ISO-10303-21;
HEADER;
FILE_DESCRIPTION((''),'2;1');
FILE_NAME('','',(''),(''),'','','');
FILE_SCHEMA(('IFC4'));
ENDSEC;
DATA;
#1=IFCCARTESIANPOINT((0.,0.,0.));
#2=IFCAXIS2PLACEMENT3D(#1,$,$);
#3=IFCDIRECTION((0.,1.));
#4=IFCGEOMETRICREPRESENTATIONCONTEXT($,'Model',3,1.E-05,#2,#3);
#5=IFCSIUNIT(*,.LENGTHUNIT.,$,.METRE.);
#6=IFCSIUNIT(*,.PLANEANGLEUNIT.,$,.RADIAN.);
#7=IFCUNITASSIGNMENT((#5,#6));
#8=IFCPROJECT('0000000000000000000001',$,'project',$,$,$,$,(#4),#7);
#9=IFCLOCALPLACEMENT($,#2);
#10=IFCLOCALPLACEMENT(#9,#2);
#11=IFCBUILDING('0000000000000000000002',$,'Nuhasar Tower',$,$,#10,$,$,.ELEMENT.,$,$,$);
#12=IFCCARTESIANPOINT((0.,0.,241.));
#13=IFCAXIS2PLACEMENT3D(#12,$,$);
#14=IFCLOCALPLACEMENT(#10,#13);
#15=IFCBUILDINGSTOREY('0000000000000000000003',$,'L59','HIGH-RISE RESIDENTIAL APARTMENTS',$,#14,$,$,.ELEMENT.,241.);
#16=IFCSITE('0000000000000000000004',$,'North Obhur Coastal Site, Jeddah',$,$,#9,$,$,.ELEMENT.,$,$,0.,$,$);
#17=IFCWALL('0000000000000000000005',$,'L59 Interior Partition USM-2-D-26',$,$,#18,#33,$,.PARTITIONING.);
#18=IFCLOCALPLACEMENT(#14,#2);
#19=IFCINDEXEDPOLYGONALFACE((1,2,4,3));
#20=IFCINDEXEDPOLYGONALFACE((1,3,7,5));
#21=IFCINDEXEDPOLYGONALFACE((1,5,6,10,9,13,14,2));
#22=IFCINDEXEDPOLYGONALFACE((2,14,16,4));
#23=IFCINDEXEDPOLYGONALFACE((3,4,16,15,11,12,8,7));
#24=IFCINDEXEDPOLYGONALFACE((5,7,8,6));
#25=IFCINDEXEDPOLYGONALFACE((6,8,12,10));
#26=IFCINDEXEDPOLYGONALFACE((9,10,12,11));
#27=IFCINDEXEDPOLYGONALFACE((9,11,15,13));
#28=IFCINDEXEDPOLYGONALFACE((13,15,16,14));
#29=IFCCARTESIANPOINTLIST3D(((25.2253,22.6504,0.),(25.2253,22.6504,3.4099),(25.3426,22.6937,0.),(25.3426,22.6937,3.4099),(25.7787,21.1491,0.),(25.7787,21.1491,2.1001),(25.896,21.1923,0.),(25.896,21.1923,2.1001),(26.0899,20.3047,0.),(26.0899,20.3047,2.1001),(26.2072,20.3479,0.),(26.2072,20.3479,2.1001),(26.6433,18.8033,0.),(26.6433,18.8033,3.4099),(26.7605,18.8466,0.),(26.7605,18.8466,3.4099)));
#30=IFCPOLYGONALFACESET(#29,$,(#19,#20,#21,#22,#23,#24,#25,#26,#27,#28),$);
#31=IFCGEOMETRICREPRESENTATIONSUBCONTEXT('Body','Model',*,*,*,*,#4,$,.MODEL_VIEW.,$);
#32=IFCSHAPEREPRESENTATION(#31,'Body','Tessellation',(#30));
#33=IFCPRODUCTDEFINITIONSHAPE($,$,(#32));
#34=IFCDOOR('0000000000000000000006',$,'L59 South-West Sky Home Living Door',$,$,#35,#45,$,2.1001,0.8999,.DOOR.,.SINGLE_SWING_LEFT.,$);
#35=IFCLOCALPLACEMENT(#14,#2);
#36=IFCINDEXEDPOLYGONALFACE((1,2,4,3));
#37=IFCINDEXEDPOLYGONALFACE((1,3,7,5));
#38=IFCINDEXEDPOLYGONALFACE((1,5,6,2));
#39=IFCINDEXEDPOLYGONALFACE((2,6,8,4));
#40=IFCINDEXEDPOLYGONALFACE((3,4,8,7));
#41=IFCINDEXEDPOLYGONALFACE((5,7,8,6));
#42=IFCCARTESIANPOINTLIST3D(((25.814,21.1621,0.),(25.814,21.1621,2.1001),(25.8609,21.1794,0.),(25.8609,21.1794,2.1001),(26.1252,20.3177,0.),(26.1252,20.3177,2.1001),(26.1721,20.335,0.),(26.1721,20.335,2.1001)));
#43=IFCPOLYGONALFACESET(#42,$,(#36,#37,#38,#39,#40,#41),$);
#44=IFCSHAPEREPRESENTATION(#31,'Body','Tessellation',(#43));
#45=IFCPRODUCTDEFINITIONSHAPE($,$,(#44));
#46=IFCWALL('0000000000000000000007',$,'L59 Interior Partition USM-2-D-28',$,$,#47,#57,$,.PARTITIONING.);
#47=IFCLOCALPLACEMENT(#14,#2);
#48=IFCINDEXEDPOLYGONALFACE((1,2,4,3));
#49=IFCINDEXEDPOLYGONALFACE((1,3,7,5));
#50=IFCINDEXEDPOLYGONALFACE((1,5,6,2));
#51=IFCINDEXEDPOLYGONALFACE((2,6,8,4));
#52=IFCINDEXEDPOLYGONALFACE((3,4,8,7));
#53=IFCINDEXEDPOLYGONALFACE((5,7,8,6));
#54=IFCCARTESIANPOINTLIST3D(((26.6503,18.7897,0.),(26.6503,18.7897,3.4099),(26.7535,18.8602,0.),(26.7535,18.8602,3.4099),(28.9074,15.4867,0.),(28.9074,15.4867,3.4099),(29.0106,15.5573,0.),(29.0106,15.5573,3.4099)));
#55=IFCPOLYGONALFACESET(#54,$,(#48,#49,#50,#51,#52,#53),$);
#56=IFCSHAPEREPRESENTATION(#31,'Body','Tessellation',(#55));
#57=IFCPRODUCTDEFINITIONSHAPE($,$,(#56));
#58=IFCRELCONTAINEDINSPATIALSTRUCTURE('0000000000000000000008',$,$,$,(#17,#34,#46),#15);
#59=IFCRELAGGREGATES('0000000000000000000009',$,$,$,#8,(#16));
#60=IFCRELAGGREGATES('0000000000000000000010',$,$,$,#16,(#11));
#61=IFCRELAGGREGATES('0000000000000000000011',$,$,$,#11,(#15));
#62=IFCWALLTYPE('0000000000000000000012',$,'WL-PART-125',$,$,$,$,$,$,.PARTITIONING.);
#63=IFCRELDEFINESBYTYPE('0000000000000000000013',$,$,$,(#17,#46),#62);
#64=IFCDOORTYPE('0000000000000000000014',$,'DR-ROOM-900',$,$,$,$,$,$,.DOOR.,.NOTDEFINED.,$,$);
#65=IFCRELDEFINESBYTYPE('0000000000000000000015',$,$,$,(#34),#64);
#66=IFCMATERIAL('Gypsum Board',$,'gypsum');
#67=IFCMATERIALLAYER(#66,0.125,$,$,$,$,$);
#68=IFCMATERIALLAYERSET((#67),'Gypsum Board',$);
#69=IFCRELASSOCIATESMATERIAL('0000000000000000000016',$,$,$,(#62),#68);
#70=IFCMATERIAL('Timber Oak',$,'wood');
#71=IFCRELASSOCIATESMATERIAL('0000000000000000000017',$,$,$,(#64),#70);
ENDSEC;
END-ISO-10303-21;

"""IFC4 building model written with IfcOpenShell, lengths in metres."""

from ifc_helpers import new_model, si_unit, direction, frame, frame_2d, origin, place, context, subcontext, project, spatial, rectangle, extrude, material, layer, layer_set, type_object, element, fill, save


model = new_model("IFC4")

# Units and contexts
model_context = context("Model", 3, precision=1e-05, world=origin(), true_north=direction((0.0, 1.0)))
body_context = subcontext(model_context, "Body", "Model", "MODEL_VIEW")
ifc_project = project(units=[si_unit("LENGTHUNIT", "METRE"), si_unit("PLANEANGLEUNIT", "RADIAN")], contexts=[model_context])

# Site, building, storey
site_placement = place(None, origin())
site = spatial("IfcSite", under=ifc_project, at=site_placement, Name="North Obhur Coastal Site, Jeddah", CompositionType="ELEMENT", RefElevation=0.0)
building_placement = place(site_placement, origin())
building = spatial("IfcBuilding", under=site, at=building_placement, Name="Nuhasar Tower", CompositionType="ELEMENT")
storey_placement = place(building_placement, frame((0.0, 0.0, 241.0)))
storey = spatial("IfcBuildingStorey", under=building, at=storey_placement, Name="L59", Description="HIGH-RISE RESIDENTIAL APARTMENTS", CompositionType="ELEMENT", Elevation=241.0)

# Shared definitions
ifc_material_1 = material(Name="Gypsum Board", Category="gypsum")

# Shared definitions
ifc_material_2 = material(Name="Timber Oak", Category="wood")

# Shared definitions
ifc_layer_1 = layer(ifc_material_1, 0.125)
ifc_layer_set_1 = layer_set([ifc_layer_1], Name="Gypsum Board")
wall_type_1 = type_object("IfcWallType", Name="WL-PART-125", PredefinedType="PARTITIONING", material=ifc_layer_set_1)

# Wall, opening, door
wall_1_placement = place(storey_placement, frame((26.7019, 18.825, 0.0), z_axis=(0.0, 0.0, 1.0), x_axis=(-0.345832, 0.938296, 0.0)))
wall_1 = element("IfcWall", 1, at=wall_1_placement, inside=storey, type_object=wall_type_1, Name="L59 Interior Partition USM-2-D-26", PredefinedType="PARTITIONING", context=body_context, shape_type="SweptSolid", body=[
    extrude(rectangle(XDim=4.1001, YDim=0.125, at=frame_2d((2.05, 0.0))), origin(), (0.0, 0.0, 1.0), 3.4099),
])
opening_1_placement = place(wall_1_placement, frame((1.6001, 0.0, 0.0)))
opening_1 = element("IfcOpeningElement", 2, at=opening_1_placement, cuts=wall_1, PredefinedType="OPENING", context=body_context, shape_type="SweptSolid", body=[
    extrude(rectangle(XDim=0.8999, YDim=2.1001, at=frame_2d((0.45, 1.05))), frame((0.0, 0.0725, 0.0), z_axis=(0.0, -1.0, 0.0), x_axis=(1.0, 0.0, 0.0)), (0.0, 0.0, 1.0), 0.145),
])
door_type_1 = type_object("IfcDoorType", Name="DR-ROOM-900", OperationType="NOTDEFINED", PredefinedType="DOOR", material=ifc_material_2)
door_1_placement = place(opening_1_placement, origin())
door_1 = element("IfcDoor", 3, at=door_1_placement, inside=storey, type_object=door_type_1, Name="L59 South-West Sky Home Living Door", OperationType="SINGLE_SWING_LEFT", OverallHeight=2.1001, OverallWidth=0.8999, PredefinedType="DOOR", context=body_context, shape_type="SweptSolid", body=[
    extrude(rectangle(XDim=0.8999, YDim=2.1001, at=frame_2d((0.45, 1.05))), frame((0.0, 0.0249, 0.0), z_axis=(0.0, -1.0, 0.0), x_axis=(1.0, 0.0, 0.0)), (0.0, 0.0, 1.0), 0.05),
])
fill(opening_1, door_1)

# Wall
wall_2_placement = place(storey_placement, frame((26.7019, 18.825, 0.0), z_axis=(0.0, 0.0, 1.0), x_axis=(0.564198, -0.825639, 0.0)))
element("IfcWall", 4, at=wall_2_placement, inside=storey, type_object=wall_type_1, Name="L59 Interior Partition USM-2-D-28", PredefinedType="PARTITIONING", context=body_context, shape_type="SweptSolid", body=[
    extrude(rectangle(XDim=4.0005, YDim=0.125, at=frame_2d((2.0002, 0.0))), origin(), (0.0, 0.0, 1.0), 3.4099),
])

save(model, "model.ifc")
